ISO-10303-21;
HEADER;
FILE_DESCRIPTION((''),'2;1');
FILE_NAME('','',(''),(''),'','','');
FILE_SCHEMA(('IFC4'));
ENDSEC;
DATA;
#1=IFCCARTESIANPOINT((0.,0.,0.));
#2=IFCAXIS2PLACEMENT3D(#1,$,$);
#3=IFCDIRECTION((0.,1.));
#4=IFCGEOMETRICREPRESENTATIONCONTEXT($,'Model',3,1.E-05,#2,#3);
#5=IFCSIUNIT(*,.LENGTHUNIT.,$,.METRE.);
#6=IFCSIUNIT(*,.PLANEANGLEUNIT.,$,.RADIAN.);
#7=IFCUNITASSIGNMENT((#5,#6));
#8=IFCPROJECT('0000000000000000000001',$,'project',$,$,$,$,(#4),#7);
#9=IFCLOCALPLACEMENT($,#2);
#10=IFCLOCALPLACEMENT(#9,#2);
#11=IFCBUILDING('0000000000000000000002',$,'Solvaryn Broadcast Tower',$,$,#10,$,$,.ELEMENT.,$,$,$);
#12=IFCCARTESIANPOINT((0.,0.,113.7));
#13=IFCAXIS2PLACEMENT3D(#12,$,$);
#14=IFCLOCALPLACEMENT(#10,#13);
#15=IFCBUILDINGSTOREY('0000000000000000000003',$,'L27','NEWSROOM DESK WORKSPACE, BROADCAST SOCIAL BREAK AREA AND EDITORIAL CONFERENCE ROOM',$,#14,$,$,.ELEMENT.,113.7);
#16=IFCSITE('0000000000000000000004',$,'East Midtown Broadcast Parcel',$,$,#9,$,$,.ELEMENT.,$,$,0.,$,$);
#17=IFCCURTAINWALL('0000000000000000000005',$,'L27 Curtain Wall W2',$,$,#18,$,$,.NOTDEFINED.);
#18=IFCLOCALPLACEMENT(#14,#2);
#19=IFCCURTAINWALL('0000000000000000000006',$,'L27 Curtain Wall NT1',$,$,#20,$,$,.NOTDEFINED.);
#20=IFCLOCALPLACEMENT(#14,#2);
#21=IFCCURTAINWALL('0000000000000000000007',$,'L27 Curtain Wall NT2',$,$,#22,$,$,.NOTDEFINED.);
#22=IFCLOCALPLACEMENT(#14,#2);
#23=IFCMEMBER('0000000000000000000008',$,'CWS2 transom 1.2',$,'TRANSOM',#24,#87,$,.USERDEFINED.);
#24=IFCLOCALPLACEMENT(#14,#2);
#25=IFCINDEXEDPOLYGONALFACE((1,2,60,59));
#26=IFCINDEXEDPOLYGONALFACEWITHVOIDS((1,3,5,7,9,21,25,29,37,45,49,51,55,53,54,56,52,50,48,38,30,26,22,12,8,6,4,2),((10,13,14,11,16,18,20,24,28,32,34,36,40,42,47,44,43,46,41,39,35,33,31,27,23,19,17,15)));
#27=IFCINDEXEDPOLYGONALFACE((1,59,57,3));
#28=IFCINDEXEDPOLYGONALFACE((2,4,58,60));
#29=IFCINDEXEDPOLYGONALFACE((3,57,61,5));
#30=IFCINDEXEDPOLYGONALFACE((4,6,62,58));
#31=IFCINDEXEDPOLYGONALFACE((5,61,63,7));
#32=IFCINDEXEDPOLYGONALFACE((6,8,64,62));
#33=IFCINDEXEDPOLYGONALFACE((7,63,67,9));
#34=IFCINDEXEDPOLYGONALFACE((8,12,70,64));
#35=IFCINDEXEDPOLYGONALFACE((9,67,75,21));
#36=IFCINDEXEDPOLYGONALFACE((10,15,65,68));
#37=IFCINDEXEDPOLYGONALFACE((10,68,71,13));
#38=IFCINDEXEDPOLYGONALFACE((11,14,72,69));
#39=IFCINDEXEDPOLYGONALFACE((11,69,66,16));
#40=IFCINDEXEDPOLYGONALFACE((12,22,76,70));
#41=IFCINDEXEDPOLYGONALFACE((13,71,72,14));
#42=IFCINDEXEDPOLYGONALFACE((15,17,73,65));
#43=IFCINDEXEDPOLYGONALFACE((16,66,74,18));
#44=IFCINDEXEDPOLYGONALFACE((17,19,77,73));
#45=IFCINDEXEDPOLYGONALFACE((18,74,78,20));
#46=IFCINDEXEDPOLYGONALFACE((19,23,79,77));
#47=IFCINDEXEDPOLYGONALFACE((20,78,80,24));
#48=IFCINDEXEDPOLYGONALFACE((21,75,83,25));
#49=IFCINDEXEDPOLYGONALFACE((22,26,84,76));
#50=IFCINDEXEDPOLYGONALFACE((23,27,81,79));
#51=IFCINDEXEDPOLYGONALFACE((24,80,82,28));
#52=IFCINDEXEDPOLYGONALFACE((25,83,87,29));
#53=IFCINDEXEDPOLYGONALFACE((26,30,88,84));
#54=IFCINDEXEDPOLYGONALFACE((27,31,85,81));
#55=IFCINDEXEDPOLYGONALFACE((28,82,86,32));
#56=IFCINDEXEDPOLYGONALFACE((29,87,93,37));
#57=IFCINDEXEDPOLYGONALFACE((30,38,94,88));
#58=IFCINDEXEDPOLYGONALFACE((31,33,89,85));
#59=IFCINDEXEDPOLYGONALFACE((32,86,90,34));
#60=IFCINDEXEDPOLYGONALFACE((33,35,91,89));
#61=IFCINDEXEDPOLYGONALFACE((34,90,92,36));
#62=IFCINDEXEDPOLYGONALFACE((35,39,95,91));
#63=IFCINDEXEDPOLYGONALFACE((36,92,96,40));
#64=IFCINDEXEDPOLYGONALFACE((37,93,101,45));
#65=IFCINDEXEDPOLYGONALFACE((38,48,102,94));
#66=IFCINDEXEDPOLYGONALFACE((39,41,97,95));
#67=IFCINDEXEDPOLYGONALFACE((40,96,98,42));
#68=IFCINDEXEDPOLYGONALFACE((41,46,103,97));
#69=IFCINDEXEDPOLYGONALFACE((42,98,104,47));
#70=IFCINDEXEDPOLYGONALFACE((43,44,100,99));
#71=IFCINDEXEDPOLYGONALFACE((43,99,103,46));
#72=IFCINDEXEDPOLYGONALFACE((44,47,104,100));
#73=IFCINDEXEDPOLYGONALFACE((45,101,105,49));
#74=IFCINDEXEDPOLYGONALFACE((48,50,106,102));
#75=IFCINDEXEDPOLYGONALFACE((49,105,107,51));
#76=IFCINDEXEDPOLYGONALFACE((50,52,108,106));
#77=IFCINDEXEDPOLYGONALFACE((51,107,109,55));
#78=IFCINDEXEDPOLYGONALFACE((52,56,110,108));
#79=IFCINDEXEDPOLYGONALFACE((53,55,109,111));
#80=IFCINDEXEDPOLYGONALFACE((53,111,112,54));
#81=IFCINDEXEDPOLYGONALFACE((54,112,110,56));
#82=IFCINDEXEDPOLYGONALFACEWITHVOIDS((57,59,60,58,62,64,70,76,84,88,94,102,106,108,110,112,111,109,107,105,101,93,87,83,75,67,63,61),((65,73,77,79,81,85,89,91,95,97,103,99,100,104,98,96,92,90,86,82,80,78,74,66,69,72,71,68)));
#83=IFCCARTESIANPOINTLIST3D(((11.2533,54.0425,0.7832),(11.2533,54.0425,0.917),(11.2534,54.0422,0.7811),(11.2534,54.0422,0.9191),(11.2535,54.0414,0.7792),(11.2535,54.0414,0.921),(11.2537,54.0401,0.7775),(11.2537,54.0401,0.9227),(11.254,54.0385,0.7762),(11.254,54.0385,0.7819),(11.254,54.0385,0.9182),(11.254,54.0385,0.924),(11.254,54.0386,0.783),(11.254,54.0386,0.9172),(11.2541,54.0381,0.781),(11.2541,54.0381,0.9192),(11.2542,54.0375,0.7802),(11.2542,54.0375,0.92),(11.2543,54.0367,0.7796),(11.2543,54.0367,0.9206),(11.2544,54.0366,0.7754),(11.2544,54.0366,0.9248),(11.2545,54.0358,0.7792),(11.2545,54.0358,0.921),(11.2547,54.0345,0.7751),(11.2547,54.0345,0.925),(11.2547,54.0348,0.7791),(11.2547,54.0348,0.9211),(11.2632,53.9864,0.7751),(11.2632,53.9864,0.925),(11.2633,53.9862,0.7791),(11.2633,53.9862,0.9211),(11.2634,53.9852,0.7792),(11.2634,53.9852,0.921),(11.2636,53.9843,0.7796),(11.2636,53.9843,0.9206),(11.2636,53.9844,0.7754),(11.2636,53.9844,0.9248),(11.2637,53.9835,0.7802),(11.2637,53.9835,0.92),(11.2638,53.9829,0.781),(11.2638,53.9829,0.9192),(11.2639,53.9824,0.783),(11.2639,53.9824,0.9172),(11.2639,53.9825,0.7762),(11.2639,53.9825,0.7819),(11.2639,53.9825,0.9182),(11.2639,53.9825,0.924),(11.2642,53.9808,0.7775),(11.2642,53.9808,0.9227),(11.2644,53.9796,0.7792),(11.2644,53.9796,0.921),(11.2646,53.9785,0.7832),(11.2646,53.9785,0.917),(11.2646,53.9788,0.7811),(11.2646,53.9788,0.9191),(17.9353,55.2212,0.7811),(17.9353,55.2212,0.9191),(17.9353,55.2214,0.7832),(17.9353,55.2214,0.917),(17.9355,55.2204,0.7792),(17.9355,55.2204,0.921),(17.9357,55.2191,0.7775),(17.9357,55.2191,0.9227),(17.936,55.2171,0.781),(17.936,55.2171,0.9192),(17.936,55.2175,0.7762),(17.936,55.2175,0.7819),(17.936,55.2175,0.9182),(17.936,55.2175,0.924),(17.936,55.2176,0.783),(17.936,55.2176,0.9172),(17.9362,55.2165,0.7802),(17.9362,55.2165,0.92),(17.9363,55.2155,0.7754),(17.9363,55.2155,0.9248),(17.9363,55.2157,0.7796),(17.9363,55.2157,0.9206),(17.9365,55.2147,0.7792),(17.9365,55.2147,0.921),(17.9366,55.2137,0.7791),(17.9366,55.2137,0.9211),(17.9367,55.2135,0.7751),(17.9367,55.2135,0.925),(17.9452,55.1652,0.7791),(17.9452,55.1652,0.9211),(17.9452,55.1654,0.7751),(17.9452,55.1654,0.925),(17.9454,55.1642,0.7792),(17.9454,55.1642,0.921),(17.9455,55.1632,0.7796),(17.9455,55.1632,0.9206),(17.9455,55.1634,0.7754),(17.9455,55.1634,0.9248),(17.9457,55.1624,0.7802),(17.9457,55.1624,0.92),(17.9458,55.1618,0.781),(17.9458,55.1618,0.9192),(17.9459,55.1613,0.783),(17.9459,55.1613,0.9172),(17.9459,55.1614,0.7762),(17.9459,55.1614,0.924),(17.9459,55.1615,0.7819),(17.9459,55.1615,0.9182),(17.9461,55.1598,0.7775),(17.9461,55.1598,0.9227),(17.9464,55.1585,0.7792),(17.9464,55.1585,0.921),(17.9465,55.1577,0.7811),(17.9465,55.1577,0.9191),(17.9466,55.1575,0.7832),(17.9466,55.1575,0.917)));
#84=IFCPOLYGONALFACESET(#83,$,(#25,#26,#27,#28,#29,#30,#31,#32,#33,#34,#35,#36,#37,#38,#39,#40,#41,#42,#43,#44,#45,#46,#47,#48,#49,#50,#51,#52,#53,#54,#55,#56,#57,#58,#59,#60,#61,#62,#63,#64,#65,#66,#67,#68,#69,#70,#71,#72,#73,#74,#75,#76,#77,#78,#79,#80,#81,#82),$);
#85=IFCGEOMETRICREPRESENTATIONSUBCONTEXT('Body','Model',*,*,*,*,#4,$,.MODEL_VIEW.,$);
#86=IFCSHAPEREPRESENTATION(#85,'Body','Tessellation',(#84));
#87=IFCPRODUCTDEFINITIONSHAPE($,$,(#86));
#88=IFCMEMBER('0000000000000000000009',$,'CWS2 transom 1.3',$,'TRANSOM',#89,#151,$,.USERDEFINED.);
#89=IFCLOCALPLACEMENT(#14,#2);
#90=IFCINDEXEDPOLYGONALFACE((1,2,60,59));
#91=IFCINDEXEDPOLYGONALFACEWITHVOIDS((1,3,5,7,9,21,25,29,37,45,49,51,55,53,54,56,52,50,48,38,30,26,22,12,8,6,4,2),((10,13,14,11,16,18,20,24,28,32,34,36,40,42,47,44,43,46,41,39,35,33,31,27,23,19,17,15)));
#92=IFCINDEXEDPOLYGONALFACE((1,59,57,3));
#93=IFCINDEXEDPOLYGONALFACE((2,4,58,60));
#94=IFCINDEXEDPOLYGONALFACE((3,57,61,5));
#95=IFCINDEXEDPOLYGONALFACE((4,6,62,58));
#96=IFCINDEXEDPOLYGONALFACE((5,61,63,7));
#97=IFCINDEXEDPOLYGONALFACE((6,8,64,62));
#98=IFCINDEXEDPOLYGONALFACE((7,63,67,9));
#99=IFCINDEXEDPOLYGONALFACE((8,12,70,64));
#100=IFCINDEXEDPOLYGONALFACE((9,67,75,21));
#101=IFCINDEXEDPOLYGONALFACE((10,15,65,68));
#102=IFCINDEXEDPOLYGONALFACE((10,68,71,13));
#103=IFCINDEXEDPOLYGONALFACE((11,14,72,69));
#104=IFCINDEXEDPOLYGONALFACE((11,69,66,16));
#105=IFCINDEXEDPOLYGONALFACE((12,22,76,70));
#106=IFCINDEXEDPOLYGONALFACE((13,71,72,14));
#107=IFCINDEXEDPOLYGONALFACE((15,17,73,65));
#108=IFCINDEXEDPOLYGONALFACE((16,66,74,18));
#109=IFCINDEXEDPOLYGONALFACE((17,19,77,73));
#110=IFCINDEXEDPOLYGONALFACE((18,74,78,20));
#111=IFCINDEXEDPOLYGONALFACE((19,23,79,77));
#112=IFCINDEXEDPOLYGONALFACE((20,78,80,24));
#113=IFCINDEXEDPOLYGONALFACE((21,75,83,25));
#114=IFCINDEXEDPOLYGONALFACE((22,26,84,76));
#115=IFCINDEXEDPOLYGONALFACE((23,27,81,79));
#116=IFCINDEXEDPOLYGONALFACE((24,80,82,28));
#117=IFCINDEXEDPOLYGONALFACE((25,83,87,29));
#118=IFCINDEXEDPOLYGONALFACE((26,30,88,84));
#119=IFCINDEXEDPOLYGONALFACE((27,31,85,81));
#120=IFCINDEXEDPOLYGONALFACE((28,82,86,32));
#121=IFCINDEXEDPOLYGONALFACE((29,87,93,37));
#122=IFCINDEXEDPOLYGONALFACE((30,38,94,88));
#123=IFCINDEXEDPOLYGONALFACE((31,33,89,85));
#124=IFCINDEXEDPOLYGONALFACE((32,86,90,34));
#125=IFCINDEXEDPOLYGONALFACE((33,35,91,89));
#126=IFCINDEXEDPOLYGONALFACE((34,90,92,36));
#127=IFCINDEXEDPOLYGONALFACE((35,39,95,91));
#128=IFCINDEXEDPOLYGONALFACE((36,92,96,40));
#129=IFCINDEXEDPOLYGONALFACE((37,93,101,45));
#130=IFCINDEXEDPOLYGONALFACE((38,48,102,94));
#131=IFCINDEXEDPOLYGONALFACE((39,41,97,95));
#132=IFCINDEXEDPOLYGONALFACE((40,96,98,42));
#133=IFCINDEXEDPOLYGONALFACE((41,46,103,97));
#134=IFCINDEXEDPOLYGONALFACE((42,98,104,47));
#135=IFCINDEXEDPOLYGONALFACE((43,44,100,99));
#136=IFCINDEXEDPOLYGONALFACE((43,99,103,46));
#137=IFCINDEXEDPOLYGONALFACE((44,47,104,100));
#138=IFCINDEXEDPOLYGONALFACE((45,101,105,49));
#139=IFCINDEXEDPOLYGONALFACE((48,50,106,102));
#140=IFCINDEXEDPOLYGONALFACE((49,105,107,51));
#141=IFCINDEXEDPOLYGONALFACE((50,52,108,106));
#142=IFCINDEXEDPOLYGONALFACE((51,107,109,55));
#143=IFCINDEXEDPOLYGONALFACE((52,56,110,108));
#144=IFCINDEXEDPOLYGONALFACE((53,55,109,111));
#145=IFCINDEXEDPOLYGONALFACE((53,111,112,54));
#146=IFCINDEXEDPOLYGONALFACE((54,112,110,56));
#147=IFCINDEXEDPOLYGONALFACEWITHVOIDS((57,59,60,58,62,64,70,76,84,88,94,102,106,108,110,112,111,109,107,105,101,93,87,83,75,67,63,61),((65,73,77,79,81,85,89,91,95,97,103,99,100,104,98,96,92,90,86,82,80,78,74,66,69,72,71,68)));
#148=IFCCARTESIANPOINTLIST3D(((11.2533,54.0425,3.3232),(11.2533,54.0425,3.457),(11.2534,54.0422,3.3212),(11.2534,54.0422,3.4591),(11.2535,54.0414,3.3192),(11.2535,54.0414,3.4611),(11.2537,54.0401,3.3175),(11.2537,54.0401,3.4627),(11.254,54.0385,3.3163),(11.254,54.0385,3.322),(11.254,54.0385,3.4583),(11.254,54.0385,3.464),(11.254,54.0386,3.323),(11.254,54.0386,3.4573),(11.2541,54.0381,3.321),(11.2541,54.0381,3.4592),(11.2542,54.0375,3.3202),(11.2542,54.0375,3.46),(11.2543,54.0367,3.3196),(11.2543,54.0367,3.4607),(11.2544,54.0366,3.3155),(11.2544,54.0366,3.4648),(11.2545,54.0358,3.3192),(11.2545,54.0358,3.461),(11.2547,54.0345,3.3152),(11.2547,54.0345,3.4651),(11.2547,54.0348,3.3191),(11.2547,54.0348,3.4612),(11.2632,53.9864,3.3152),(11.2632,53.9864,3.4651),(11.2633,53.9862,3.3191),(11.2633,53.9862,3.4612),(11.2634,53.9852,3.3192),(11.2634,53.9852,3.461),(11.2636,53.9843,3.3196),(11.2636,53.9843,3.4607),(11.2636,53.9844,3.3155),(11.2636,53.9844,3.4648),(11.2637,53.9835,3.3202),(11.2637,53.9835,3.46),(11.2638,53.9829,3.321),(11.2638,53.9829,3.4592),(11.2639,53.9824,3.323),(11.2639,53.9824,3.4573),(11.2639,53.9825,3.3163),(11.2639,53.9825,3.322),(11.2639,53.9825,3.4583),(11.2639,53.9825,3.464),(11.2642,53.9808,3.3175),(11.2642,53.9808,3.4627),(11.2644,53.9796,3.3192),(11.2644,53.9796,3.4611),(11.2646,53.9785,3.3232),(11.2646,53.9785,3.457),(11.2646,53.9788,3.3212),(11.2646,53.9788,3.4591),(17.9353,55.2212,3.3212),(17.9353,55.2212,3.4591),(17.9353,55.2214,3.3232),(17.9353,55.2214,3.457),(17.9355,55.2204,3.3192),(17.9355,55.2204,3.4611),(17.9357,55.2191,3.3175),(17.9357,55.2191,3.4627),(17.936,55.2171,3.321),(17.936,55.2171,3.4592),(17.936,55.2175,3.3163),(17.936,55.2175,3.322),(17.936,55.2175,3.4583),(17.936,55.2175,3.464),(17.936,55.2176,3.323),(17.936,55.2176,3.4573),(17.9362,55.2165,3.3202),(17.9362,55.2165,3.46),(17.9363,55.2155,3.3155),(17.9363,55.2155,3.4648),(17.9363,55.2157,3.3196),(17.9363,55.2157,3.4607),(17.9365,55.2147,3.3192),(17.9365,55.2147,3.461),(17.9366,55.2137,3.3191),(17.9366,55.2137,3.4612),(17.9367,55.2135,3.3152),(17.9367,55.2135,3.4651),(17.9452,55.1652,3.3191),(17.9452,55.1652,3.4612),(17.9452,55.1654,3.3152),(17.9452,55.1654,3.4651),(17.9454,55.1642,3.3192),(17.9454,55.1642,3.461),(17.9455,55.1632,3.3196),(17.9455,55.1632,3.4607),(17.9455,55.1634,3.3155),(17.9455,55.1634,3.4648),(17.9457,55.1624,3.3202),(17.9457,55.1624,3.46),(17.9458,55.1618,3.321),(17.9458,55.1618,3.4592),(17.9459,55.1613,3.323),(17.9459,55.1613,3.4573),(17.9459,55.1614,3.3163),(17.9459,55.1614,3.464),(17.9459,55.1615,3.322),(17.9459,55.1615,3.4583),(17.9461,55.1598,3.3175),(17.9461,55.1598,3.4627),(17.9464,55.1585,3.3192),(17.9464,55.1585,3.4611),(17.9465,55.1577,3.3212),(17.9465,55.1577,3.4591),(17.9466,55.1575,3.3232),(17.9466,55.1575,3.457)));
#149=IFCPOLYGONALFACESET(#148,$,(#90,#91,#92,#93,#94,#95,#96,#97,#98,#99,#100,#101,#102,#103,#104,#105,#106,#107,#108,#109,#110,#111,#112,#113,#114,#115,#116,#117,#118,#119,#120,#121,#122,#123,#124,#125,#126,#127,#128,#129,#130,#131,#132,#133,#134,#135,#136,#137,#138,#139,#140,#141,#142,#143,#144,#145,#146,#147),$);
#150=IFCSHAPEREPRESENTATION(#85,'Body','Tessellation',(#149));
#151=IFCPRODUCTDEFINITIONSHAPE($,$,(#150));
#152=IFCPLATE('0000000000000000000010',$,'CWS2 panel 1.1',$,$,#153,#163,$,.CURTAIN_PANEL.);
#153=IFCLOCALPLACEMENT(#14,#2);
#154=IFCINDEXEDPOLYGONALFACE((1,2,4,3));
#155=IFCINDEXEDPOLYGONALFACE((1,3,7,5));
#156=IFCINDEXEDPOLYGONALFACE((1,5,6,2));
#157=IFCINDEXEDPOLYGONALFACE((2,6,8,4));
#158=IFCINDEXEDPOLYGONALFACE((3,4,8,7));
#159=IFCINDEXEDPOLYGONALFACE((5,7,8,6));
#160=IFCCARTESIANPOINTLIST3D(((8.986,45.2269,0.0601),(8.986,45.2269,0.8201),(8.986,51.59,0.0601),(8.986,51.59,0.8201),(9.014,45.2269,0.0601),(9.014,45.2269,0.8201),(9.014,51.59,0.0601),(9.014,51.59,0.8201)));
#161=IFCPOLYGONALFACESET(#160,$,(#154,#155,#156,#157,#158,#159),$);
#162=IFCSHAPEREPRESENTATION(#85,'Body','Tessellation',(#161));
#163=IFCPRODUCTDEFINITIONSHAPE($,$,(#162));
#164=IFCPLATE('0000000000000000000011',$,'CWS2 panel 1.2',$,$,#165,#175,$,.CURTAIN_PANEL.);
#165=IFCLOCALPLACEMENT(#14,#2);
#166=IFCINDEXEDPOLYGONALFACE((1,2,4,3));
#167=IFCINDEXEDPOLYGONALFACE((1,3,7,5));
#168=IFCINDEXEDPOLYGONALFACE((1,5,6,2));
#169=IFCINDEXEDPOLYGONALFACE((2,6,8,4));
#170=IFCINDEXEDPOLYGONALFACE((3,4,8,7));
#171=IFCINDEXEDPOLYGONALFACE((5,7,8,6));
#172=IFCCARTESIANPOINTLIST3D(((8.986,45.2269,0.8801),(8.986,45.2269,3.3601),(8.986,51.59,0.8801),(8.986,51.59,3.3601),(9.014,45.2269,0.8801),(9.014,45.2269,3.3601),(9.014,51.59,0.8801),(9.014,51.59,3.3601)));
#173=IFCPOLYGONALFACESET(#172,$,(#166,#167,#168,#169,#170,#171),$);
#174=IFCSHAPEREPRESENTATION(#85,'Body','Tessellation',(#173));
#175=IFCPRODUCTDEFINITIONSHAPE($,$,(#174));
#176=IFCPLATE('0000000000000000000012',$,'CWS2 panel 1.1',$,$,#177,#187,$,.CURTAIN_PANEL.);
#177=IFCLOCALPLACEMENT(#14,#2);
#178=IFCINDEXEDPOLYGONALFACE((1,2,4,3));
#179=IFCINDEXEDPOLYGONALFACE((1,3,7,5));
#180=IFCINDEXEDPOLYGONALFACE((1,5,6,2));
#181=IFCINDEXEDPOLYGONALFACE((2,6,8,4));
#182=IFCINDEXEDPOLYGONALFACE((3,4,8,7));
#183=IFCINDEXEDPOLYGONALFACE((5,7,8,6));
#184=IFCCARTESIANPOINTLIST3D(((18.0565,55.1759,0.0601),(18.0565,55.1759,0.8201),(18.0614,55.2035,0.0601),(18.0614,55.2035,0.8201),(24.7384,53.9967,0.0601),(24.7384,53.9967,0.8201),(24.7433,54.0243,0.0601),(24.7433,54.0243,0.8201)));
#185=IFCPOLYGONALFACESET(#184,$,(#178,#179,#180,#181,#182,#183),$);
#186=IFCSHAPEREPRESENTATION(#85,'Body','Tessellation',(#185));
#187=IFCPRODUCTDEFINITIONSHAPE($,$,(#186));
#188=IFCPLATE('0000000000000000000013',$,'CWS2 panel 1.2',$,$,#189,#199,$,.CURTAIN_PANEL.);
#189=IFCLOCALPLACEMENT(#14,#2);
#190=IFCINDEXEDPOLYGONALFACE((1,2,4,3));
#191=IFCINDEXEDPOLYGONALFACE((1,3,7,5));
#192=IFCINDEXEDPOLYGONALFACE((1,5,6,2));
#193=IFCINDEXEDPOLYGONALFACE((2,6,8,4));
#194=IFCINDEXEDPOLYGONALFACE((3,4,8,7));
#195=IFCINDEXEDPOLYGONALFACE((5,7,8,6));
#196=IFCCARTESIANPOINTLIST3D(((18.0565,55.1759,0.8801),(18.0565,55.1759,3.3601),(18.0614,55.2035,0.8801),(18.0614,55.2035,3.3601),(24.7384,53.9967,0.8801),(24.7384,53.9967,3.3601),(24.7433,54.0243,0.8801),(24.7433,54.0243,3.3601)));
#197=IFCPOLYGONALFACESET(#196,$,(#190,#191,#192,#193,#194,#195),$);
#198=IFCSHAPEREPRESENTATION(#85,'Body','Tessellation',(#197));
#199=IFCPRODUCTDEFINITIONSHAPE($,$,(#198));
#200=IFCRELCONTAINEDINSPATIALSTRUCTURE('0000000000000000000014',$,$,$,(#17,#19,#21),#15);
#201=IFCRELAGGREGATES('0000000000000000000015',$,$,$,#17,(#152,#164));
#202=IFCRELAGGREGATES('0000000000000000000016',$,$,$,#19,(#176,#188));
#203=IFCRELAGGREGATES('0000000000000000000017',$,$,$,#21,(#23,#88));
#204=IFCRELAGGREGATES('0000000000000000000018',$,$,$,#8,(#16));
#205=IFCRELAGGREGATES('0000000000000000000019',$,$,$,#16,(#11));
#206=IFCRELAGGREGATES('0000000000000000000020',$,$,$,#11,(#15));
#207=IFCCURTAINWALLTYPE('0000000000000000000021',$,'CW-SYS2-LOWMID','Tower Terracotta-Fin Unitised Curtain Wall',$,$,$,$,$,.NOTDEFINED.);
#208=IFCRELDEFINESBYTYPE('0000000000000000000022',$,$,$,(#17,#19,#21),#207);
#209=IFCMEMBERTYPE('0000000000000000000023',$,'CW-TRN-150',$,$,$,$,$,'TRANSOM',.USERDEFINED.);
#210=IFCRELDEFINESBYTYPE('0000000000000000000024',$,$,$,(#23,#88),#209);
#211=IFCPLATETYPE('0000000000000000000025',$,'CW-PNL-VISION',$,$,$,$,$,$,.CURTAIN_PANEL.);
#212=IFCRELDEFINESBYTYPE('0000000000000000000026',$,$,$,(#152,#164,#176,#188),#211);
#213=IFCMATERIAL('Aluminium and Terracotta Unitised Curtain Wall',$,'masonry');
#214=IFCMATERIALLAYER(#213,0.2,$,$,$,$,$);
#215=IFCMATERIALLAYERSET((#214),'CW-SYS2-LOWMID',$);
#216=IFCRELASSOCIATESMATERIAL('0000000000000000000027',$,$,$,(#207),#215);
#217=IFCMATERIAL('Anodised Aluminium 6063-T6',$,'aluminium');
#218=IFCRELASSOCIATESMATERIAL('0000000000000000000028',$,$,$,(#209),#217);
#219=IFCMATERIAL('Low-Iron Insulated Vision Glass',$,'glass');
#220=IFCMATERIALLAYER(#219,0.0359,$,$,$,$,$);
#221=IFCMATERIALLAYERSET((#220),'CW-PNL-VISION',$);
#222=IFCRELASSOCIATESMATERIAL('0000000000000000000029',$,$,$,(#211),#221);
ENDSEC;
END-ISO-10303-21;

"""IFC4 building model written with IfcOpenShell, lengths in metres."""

from ifc_helpers import new_model, si_unit, direction, frame, origin, origin_2d, place, context, subcontext, project, spatial, rectangle, hollow_rectangle, extrude, material, layer, layer_set, material_profile, profile_set, type_object, element, aggregate, save


model = new_model("IFC4")

# Units and contexts
model_context = context("Model", 3, precision=1e-05, world=origin(), true_north=direction((0.0, 1.0)))
body_context = subcontext(model_context, "Body", "Model", "MODEL_VIEW")
ifc_project = project(units=[si_unit("LENGTHUNIT", "METRE"), si_unit("PLANEANGLEUNIT", "RADIAN")], contexts=[model_context])

# Site, building, storey
site_placement = place(None, origin())
site = spatial("IfcSite", under=ifc_project, at=site_placement, Name="East Midtown Broadcast Parcel", CompositionType="ELEMENT", RefElevation=0.0)
building_placement = place(site_placement, origin())
building = spatial("IfcBuilding", under=site, at=building_placement, Name="Solvaryn Broadcast Tower", CompositionType="ELEMENT")
storey_placement = place(building_placement, frame((0.0, 0.0, 113.7)))
storey = spatial("IfcBuildingStorey", under=building, at=storey_placement, Name="L27", Description="NEWSROOM DESK WORKSPACE, BROADCAST SOCIAL BREAK AREA AND EDITORIAL CONFERENCE ROOM", CompositionType="ELEMENT", Elevation=113.7)

# Curtain walls
ifc_material_1 = material(Name="Aluminium and Terracotta Unitised Curtain Wall", Category="masonry")
ifc_layer_1 = layer(ifc_material_1, 0.2)
ifc_layer_set_1 = layer_set([ifc_layer_1], Name="CW-SYS2-LOWMID")
curtain_wall_type = type_object("IfcCurtainWallType", Name="CW-SYS2-LOWMID", Description="Tower Terracotta-Fin Unitised Curtain Wall", PredefinedType="NOTDEFINED", material=ifc_layer_set_1)
curtain_wall_1_placement = place(storey_placement, origin())
curtain_wall_1 = element("IfcCurtainWall", 1, at=curtain_wall_1_placement, inside=storey, type_object=curtain_wall_type, Name="L27 Curtain Wall W2", PredefinedType="NOTDEFINED")
curtain_wall_2_placement = place(storey_placement, origin())
curtain_wall_2 = element("IfcCurtainWall", 2, at=curtain_wall_2_placement, inside=storey, type_object=curtain_wall_type, Name="L27 Curtain Wall NT1", PredefinedType="NOTDEFINED")

# Curtain wall
curtain_wall_3_placement = place(storey_placement, origin())
curtain_wall_3 = element("IfcCurtainWall", 3, at=curtain_wall_3_placement, inside=storey, type_object=curtain_wall_type, Name="L27 Curtain Wall NT2", PredefinedType="NOTDEFINED")

# Members
ifc_material_2 = material(Name="Anodised Aluminium 6063-T6", Category="aluminium")
ifc_material_profile_1 = material_profile(ifc_material_2, hollow_rectangle(XDim=0.0649, YDim=0.1499, WallThickness=0.0039, InnerFilletRadius=0.0039, OuterFilletRadius=0.0081, at=origin_2d()))
ifc_profile_set_1 = profile_set([ifc_material_profile_1], Name="Anodised Aluminium 6063-T6")
member_type_1 = type_object("IfcMemberType", Name="CW-TRN-150", ElementType="TRANSOM", PredefinedType="USERDEFINED", material=ifc_profile_set_1)
member_1_placement = place(storey_placement, frame((17.9409, 55.1895, 0.8501), z_axis=(-0.984789, -0.173757, 0.0), x_axis=(0.173757, -0.984789, 0.0)))
member_1 = element("IfcMember", 4, at=member_1_placement, type_object=member_type_1, Name="CWS2 transom 1.2", ObjectType="TRANSOM", PredefinedType="USERDEFINED", context=body_context, shape_type="SweptSolid", body=[
    extrude(hollow_rectangle(XDim=0.0649, YDim=0.1499, WallThickness=0.0039, InnerFilletRadius=0.0039, OuterFilletRadius=0.0081, at=origin_2d()), origin(), (0.0, 0.0, 1.0), 6.7852),
])
member_2_placement = place(storey_placement, frame((17.9409, 55.1895, 3.3901), z_axis=(-0.984789, -0.173757, 0.0), x_axis=(0.173757, -0.984789, 0.0)))
member_2 = element("IfcMember", 5, at=member_2_placement, type_object=member_type_1, Name="CWS2 transom 1.3", ObjectType="TRANSOM", PredefinedType="USERDEFINED", context=body_context, shape_type="SweptSolid", body=[
    extrude(hollow_rectangle(XDim=0.0649, YDim=0.1499, WallThickness=0.0039, InnerFilletRadius=0.0039, OuterFilletRadius=0.0081, at=origin_2d()), origin(), (0.0, 0.0, 1.0), 6.7852),
])

# Plates
ifc_material_3 = material(Name="Low-Iron Insulated Vision Glass", Category="glass")
ifc_layer_2 = layer(ifc_material_3, 0.0359)
ifc_layer_set_2 = layer_set([ifc_layer_2], Name="CW-PNL-VISION")
plate_type = type_object("IfcPlateType", Name="CW-PNL-VISION", PredefinedType="CURTAIN_PANEL", material=ifc_layer_set_2)
plate_1_placement = place(storey_placement, frame((9.0, 48.4084, 0.0601), z_axis=(0.0, 0.0, 1.0), x_axis=(0.0, 1.0, 0.0)))
plate_1 = element("IfcPlate", 6, at=plate_1_placement, type_object=plate_type, Name="CWS2 panel 1.1", PredefinedType="CURTAIN_PANEL", context=body_context, shape_type="SweptSolid", body=[
    extrude(rectangle(XDim=6.363, YDim=0.0281, at=origin_2d()), origin(), (0.0, 0.0, 1.0), 0.76),
])
plate_2_placement = place(storey_placement, frame((9.0, 48.4084, 0.8801), z_axis=(0.0, 0.0, 1.0), x_axis=(0.0, 1.0, 0.0)))
plate_2 = element("IfcPlate", 7, at=plate_2_placement, type_object=plate_type, Name="CWS2 panel 1.2", PredefinedType="CURTAIN_PANEL", context=body_context, shape_type="SweptSolid", body=[
    extrude(rectangle(XDim=6.363, YDim=0.0281, at=origin_2d()), origin(), (0.0, 0.0, 1.0), 2.48),
])
aggregate(curtain_wall_1, [plate_1, plate_2])
plate_3_placement = place(storey_placement, frame((21.3999, 54.6001, 0.0601), z_axis=(0.0, 0.0, 1.0), x_axis=(-0.984784, 0.173785, 0.0)))
plate_3 = element("IfcPlate", 8, at=plate_3_placement, type_object=plate_type, Name="CWS2 panel 1.1", PredefinedType="CURTAIN_PANEL", context=body_context, shape_type="SweptSolid", body=[
    extrude(rectangle(XDim=6.7852, YDim=0.0281, at=origin_2d()), origin(), (0.0, 0.0, 1.0), 0.76),
])
plate_4_placement = place(storey_placement, frame((21.3999, 54.6001, 0.8801), z_axis=(0.0, 0.0, 1.0), x_axis=(-0.984784, 0.173785, 0.0)))
plate_4 = element("IfcPlate", 9, at=plate_4_placement, type_object=plate_type, Name="CWS2 panel 1.2", PredefinedType="CURTAIN_PANEL", context=body_context, shape_type="SweptSolid", body=[
    extrude(rectangle(XDim=6.7852, YDim=0.0281, at=origin_2d()), origin(), (0.0, 0.0, 1.0), 2.48),
])
aggregate(curtain_wall_2, [plate_3, plate_4])
aggregate(curtain_wall_3, [member_1, member_2])

save(model, "model.ifc")
